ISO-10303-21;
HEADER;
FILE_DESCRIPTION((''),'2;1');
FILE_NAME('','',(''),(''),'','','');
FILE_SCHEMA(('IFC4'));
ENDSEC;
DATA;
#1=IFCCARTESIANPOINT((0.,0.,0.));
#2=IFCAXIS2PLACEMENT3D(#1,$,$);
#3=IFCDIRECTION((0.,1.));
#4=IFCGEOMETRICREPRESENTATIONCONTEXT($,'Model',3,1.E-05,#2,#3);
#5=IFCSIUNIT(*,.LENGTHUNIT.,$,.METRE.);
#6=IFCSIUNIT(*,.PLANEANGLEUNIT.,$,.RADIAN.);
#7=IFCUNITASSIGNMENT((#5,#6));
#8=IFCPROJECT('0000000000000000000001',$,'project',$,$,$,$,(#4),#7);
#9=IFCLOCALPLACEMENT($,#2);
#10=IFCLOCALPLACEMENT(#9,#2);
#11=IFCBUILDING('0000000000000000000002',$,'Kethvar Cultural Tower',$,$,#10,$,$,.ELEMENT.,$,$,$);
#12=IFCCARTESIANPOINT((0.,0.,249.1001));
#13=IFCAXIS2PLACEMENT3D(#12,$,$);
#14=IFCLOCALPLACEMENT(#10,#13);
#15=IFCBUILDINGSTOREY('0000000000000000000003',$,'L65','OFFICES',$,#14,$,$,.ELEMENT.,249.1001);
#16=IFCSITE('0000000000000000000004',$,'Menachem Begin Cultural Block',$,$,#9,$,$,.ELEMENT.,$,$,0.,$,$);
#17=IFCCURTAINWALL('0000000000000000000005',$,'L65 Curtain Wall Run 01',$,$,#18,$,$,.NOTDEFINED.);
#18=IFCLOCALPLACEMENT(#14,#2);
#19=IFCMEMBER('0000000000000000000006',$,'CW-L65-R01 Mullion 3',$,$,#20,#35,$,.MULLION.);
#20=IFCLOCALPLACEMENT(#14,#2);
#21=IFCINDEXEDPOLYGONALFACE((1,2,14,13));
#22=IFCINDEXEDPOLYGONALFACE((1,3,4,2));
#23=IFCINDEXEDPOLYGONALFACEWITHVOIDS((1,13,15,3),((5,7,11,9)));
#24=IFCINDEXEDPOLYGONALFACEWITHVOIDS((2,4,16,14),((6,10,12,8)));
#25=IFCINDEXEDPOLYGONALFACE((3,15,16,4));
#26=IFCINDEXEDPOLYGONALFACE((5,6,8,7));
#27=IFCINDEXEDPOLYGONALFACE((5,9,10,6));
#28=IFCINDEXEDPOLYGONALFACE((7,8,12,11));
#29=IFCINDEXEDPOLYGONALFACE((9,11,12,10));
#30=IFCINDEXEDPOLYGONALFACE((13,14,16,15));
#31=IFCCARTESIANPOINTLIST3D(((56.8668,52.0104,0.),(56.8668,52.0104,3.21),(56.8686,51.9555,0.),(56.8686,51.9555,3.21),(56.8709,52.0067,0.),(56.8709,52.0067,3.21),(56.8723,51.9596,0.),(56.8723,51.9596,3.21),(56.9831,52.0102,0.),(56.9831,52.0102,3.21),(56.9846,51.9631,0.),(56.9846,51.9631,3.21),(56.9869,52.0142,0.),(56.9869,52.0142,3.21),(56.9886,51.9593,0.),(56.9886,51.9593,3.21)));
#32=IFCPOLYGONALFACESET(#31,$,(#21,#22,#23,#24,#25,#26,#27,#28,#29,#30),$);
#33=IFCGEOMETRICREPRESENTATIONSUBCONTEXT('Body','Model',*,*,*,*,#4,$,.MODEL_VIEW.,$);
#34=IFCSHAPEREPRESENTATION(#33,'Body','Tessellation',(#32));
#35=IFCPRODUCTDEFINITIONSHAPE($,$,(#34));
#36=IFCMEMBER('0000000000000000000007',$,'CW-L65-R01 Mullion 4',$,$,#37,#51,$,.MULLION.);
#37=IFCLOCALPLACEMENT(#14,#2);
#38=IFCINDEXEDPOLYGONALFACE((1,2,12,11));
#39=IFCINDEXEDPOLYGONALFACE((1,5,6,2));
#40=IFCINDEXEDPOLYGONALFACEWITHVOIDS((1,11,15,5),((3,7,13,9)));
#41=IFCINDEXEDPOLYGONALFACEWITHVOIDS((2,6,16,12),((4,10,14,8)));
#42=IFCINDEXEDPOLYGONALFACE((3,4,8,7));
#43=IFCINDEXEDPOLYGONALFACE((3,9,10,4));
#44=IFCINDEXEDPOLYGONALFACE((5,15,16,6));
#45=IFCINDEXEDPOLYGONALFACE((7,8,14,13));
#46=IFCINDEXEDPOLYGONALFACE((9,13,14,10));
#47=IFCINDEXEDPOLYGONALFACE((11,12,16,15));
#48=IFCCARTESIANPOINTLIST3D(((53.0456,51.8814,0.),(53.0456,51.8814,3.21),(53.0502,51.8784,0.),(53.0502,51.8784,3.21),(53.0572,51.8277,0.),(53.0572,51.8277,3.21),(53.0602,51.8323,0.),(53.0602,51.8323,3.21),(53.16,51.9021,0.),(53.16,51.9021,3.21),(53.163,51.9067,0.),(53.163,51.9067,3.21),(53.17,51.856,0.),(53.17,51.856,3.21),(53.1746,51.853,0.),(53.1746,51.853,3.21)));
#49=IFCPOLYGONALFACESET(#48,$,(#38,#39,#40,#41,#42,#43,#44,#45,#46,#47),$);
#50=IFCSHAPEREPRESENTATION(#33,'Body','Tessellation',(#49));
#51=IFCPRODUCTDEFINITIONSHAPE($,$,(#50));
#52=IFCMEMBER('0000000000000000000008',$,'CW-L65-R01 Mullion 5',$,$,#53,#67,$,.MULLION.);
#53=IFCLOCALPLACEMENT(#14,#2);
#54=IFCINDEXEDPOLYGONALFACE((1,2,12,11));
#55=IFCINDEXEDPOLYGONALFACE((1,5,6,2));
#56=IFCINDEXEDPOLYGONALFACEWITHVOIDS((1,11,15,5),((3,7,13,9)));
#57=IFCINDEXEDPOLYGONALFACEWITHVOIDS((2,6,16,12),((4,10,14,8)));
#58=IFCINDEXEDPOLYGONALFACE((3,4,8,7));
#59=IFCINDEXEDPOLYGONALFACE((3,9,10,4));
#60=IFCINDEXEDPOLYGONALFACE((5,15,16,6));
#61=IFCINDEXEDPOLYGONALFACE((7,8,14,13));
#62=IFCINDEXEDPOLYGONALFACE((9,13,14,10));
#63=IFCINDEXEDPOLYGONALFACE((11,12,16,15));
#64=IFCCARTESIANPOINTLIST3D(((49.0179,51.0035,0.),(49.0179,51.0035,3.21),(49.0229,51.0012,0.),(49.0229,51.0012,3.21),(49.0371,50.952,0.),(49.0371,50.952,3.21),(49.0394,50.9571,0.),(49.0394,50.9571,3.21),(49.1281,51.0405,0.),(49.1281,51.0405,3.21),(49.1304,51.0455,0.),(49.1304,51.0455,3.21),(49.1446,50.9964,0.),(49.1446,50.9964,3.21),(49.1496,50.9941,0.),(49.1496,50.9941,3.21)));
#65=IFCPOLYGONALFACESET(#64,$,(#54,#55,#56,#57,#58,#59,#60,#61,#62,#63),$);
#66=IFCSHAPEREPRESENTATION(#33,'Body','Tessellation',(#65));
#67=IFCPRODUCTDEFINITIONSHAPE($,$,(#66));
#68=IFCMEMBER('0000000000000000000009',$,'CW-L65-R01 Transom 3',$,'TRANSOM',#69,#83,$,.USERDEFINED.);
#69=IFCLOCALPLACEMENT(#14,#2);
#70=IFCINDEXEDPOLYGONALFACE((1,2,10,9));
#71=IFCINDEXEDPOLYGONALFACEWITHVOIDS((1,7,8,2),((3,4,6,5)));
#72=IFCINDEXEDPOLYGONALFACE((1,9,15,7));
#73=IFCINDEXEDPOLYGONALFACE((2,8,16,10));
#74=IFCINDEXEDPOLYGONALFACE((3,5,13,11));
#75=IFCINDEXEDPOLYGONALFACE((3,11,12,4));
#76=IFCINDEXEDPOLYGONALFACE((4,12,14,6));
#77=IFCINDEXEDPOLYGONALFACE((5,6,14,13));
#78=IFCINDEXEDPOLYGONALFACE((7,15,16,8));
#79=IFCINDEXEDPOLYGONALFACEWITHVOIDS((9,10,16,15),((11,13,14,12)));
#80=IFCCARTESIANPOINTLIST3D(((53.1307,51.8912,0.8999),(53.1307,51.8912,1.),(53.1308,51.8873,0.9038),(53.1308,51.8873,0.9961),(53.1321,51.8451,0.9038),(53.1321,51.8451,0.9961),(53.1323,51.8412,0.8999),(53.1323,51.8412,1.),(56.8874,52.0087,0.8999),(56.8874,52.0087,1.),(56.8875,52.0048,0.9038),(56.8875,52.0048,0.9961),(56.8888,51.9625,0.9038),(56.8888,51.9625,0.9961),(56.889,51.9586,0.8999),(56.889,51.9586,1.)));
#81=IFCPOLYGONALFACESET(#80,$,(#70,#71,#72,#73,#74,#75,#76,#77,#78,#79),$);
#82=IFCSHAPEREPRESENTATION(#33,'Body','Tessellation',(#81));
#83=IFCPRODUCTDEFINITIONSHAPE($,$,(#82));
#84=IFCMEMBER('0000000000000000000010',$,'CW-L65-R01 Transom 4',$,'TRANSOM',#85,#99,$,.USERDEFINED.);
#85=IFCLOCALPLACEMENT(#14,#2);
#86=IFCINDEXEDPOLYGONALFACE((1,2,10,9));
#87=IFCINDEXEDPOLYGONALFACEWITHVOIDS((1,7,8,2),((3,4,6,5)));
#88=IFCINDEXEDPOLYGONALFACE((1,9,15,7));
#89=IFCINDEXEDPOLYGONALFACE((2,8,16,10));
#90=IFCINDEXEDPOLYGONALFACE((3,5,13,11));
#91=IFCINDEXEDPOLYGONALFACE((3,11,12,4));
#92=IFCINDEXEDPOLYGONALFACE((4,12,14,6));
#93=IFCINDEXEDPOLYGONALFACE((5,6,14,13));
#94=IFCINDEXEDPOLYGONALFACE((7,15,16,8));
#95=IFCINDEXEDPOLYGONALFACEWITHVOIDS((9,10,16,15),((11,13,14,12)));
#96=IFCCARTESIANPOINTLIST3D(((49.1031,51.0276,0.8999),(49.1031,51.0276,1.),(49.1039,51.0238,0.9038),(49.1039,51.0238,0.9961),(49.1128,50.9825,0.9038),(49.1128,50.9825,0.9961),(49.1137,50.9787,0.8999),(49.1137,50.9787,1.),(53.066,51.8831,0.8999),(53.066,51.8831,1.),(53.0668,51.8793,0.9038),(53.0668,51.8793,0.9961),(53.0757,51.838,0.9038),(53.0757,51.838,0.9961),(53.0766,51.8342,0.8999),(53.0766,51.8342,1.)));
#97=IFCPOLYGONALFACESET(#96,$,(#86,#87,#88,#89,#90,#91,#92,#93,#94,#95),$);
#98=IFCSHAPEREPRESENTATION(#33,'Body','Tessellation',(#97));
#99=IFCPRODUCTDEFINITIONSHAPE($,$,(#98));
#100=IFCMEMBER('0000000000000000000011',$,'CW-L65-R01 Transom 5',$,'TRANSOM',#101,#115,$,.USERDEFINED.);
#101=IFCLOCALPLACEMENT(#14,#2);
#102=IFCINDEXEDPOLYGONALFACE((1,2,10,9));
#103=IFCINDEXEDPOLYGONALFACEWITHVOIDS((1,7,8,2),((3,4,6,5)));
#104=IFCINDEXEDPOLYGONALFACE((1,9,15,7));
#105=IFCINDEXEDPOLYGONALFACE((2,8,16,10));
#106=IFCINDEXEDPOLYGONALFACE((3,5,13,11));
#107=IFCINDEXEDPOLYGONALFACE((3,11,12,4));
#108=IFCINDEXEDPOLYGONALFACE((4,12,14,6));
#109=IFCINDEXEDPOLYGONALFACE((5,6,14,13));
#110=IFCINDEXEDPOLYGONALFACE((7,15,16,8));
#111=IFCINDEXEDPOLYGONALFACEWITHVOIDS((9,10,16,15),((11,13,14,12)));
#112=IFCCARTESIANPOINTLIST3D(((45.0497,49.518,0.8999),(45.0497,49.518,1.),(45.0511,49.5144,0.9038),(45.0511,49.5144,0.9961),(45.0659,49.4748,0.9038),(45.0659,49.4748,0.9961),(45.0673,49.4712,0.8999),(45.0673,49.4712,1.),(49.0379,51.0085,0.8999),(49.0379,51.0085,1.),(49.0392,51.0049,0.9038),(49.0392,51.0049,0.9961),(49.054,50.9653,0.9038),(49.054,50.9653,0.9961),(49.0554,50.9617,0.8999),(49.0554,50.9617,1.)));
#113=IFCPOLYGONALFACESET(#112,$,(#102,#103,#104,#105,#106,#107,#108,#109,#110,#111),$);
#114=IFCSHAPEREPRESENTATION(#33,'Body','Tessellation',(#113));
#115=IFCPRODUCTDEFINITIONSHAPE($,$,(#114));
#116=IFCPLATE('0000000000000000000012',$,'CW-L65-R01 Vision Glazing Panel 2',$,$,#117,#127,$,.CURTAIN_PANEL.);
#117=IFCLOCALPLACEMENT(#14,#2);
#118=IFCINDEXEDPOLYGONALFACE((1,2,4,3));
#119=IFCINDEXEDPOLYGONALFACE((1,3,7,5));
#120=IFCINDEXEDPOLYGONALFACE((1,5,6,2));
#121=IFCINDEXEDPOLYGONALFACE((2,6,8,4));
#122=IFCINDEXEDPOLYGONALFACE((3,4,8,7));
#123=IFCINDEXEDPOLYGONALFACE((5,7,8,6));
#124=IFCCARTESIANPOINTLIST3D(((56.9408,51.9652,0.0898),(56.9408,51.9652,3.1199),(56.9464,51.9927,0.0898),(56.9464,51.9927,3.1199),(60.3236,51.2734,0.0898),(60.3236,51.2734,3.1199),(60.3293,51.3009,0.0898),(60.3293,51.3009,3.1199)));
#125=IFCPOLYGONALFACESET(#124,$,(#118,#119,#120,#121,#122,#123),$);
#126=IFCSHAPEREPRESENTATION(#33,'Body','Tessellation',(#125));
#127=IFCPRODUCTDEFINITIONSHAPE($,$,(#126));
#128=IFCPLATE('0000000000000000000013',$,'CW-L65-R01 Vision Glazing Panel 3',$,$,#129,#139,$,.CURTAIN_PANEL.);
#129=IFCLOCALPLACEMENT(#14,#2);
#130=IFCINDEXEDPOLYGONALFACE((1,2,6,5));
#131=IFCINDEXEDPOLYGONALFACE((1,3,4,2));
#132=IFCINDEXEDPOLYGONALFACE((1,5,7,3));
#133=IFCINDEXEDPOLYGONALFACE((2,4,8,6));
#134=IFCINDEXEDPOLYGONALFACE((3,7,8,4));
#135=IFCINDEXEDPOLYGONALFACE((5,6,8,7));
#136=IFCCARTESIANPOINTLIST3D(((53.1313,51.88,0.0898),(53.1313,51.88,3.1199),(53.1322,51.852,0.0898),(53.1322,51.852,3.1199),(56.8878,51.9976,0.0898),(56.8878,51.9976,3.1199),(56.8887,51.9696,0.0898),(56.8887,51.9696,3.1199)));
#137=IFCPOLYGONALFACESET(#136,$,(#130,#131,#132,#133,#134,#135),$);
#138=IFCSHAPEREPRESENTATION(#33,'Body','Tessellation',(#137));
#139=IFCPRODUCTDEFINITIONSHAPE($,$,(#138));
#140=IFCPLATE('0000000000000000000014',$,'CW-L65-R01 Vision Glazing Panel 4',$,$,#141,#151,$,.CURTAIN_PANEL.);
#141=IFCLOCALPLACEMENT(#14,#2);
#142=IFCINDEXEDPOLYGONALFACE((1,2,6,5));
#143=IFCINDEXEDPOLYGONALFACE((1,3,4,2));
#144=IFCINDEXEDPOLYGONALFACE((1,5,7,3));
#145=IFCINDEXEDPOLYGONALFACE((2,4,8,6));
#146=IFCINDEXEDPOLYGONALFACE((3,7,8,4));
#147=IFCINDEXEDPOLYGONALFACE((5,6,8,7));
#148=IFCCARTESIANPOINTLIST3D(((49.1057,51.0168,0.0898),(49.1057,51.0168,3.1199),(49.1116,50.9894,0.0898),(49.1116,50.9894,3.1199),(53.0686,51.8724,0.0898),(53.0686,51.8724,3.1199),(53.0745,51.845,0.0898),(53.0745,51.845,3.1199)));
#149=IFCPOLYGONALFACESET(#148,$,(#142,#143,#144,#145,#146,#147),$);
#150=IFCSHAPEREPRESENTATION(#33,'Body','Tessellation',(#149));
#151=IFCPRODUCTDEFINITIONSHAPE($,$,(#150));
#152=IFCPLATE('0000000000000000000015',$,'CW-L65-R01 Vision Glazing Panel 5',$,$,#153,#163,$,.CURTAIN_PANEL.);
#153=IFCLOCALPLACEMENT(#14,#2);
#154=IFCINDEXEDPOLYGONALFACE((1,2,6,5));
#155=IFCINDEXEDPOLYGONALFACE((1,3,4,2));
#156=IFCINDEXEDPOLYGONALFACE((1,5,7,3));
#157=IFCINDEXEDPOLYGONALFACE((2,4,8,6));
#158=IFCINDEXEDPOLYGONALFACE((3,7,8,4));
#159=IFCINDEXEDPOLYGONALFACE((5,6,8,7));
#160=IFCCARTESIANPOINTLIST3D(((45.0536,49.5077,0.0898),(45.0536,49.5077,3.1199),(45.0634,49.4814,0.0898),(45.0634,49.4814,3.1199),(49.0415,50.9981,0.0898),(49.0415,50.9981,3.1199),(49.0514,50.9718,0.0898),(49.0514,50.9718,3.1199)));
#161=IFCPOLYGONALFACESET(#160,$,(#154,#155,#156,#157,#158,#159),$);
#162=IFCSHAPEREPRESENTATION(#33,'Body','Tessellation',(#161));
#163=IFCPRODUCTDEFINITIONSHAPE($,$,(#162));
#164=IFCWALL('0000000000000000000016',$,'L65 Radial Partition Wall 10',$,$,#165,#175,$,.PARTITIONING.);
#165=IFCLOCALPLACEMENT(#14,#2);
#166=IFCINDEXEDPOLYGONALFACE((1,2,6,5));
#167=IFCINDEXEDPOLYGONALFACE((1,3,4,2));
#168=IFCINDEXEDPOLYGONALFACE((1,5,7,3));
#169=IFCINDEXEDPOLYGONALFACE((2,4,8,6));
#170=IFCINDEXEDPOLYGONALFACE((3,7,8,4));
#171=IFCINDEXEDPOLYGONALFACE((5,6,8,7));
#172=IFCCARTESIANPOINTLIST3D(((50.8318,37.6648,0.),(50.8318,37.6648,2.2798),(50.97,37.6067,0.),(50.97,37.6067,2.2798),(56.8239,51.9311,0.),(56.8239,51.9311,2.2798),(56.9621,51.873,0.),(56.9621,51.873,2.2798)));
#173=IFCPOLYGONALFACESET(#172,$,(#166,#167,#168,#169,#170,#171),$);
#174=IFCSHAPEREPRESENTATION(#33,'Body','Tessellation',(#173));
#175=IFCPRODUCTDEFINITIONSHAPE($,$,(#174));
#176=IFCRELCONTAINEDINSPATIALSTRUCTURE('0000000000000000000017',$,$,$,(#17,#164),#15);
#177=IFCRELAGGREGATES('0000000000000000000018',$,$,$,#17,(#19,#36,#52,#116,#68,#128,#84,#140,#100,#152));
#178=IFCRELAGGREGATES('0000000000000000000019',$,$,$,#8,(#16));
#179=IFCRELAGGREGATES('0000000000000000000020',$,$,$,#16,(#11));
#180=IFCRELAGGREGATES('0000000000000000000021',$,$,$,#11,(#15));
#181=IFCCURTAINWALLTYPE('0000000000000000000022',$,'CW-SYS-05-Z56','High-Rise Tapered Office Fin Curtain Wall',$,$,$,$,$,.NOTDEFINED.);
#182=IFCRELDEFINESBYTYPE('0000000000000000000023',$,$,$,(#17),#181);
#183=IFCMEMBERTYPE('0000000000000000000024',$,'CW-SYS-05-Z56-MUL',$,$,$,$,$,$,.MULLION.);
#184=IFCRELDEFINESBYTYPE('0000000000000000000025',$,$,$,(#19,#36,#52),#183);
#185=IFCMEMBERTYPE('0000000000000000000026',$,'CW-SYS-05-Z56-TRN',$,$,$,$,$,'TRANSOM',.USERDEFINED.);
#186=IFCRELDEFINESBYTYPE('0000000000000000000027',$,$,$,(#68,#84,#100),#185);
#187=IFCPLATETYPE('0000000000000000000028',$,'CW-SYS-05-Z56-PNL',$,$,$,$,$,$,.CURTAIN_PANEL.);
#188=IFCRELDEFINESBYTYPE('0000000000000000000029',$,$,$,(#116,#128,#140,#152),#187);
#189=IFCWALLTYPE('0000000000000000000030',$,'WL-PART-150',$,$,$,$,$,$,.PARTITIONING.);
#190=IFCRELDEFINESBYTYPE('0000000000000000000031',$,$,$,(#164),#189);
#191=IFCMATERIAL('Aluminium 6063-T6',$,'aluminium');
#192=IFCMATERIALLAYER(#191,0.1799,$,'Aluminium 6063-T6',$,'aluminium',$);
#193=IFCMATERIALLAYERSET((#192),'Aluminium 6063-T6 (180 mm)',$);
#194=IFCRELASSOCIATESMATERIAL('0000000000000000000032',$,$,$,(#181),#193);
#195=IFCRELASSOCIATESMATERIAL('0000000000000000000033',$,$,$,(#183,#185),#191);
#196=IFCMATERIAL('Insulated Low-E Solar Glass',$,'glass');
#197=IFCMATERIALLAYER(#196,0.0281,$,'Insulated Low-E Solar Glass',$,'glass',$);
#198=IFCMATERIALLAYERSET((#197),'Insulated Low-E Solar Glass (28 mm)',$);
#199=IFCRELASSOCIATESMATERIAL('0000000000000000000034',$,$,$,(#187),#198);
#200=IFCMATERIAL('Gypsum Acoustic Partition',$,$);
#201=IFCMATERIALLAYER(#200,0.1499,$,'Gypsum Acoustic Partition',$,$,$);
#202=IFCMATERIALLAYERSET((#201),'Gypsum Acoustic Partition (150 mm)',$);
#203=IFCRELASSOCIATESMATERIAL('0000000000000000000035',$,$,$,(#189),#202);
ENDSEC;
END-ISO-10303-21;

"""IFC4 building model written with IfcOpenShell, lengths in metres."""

from ifc_helpers import new_model, si_unit, direction, frame, frame_2d, origin, origin_2d, place, context, subcontext, project, spatial, rectangle, hollow_rectangle, extrude, source, transform, mapped, material, layer, layer_set, material_profile, profile_set, type_object, element, aggregate, save


model = new_model("IFC4")

# Units and contexts
model_context = context("Model", 3, precision=1e-05, world=origin(), true_north=direction((0.0, 1.0)))
body_context = subcontext(model_context, "Body", "Model", "MODEL_VIEW")
ifc_project = project(units=[si_unit("LENGTHUNIT", "METRE"), si_unit("PLANEANGLEUNIT", "RADIAN")], contexts=[model_context])

# Site, building, storey
site_placement = place(None, origin())
site = spatial("IfcSite", under=ifc_project, at=site_placement, Name="Menachem Begin Cultural Block", CompositionType="ELEMENT", RefElevation=0.0)
building_placement = place(site_placement, origin())
building = spatial("IfcBuilding", under=site, at=building_placement, Name="Kethvar Cultural Tower", CompositionType="ELEMENT")
storey_placement = place(building_placement, frame((0.0, 0.0, 249.1001)))
storey = spatial("IfcBuildingStorey", under=building, at=storey_placement, Name="L65", Description="OFFICES", CompositionType="ELEMENT", Elevation=249.1001)

# Curtain wall, members, plates
ifc_material_1 = material(Name="Aluminium 6063-T6", Category="aluminium")
ifc_layer_1 = layer(ifc_material_1, 0.1799, Name="Aluminium 6063-T6", Category="aluminium")
ifc_layer_set_1 = layer_set([ifc_layer_1], Name="Aluminium 6063-T6 (180 mm)")
curtain_wall_type = type_object("IfcCurtainWallType", Name="CW-SYS-05-Z56", Description="High-Rise Tapered Office Fin Curtain Wall", PredefinedType="NOTDEFINED", material=ifc_layer_set_1)
curtain_wall_placement = place(storey_placement, origin())
curtain_wall = element("IfcCurtainWall", 1, at=curtain_wall_placement, inside=storey, type_object=curtain_wall_type, Name="L65 Curtain Wall Run 01", PredefinedType="NOTDEFINED")
ifc_material_profile_1 = material_profile(ifc_material_1, hollow_rectangle(XDim=0.0549, YDim=0.1201, WallThickness=0.0039, at=origin_2d()), Name="Aluminium 6063-T6 — RHS120x55x4")
ifc_profile_set_1 = profile_set([ifc_material_profile_1], Name="Aluminium 6063-T6 — RHS120x55x4")
member_type_1 = type_object("IfcMemberType", Name="CW-SYS-05-Z56-MUL", PredefinedType="MULLION", material=ifc_profile_set_1)
shared_shape_1 = source(origin(), body_context, "Body", "SweptSolid", [
    extrude(hollow_rectangle(XDim=0.0549, YDim=0.1201, WallThickness=0.0039, at=origin_2d()), origin(), (0.0, 0.0, 1.0), 3.21),
])
member_1_placement = place(storey_placement, frame((56.9277, 51.9849, 0.0), z_axis=(0.0, 0.0, 1.0), x_axis=(0.031289, -0.99951, 0.0)))
member_1 = element("IfcMember", 2, at=member_1_placement, type_object=member_type_1, Name="CW-L65-R01 Mullion 3", PredefinedType="MULLION", context=body_context, shape_type="MappedRepresentation", body=[
    mapped(shared_shape_1, transform((0.0, 0.0, 0.0), scale=1.0)),
])
member_2_placement = place(storey_placement, frame((53.1101, 51.8672, 0.0), z_axis=(0.0, 0.0, 1.0), x_axis=(0.211035, -0.977479, 0.0)))
member_2 = element("IfcMember", 3, at=member_2_placement, type_object=member_type_1, Name="CW-L65-R01 Mullion 4", PredefinedType="MULLION", context=body_context, shape_type="MappedRepresentation", body=[
    mapped(shared_shape_1, transform((0.0, 0.0, 0.0), scale=1.0)),
])
member_3_placement = place(storey_placement, frame((49.0837, 50.9988, 0.0), z_axis=(0.0, 0.0, 1.0), x_axis=(0.350077, -0.936721, 0.0)))
member_3 = element("IfcMember", 4, at=member_3_placement, type_object=member_type_1, Name="CW-L65-R01 Mullion 5", PredefinedType="MULLION", context=body_context, shape_type="MappedRepresentation", body=[
    mapped(shared_shape_1, transform((0.0, 0.0, 0.0), scale=1.0)),
])
ifc_material_profile_2 = material_profile(ifc_material_1, hollow_rectangle(XDim=0.05, YDim=0.1001, WallThickness=0.0039, at=origin_2d()), Name="Aluminium 6063-T6 — RHS100x50x4")
ifc_profile_set_2 = profile_set([ifc_material_profile_2], Name="Aluminium 6063-T6 — RHS100x50x4")
member_type_2 = type_object("IfcMemberType", Name="CW-SYS-05-Z56-TRN", ElementType="TRANSOM", PredefinedType="USERDEFINED", material=ifc_profile_set_2)
shared_shape_2 = source(origin(), body_context, "Body", "SweptSolid", [
    extrude(hollow_rectangle(XDim=0.05, YDim=0.1001, WallThickness=0.0039, at=origin_2d()), origin(), (0.0, 0.0, 1.0), 3.7585),
])
member_4_placement = place(storey_placement, frame((56.8882, 51.9836, 0.95), z_axis=(-0.999512, -0.031245, 0.0), x_axis=(0.031245, -0.999512, 0.0)))
member_4 = element("IfcMember", 5, at=member_4_placement, type_object=member_type_2, Name="CW-L65-R01 Transom 3", ObjectType="TRANSOM", PredefinedType="USERDEFINED", context=body_context, shape_type="MappedRepresentation", body=[
    mapped(shared_shape_2, transform((0.0, 0.0, 0.0), scale=1.0)),
])
shared_shape_3 = source(origin(), body_context, "Body", "SweptSolid", [
    extrude(hollow_rectangle(XDim=0.05, YDim=0.1001, WallThickness=0.0039, at=origin_2d()), origin(), (0.0, 0.0, 1.0), 4.0542),
])
member_5_placement = place(storey_placement, frame((53.0713, 51.8586, 0.95), z_axis=(-0.977484, -0.211009, 0.0), x_axis=(0.211009, -0.977484, 0.0)))
member_5 = element("IfcMember", 6, at=member_5_placement, type_object=member_type_2, Name="CW-L65-R01 Transom 4", ObjectType="TRANSOM", PredefinedType="USERDEFINED", context=body_context, shape_type="MappedRepresentation", body=[
    mapped(shared_shape_3, transform((0.0, 0.0, 0.0), scale=1.0)),
])
shared_shape_4 = source(origin(), body_context, "Body", "SweptSolid", [
    extrude(hollow_rectangle(XDim=0.05, YDim=0.1001, WallThickness=0.0039, at=origin_2d()), origin(), (0.0, 0.0, 1.0), 4.2576),
])
member_6_placement = place(storey_placement, frame((49.0466, 50.9851, 0.95), z_axis=(-0.936717, -0.350086, 0.0), x_axis=(0.350086, -0.936717, 0.0)))
member_6 = element("IfcMember", 7, at=member_6_placement, type_object=member_type_2, Name="CW-L65-R01 Transom 5", ObjectType="TRANSOM", PredefinedType="USERDEFINED", context=body_context, shape_type="MappedRepresentation", body=[
    mapped(shared_shape_4, transform((0.0, 0.0, 0.0), scale=1.0)),
])
ifc_material_2 = material(Name="Insulated Low-E Solar Glass", Category="glass")
ifc_layer_2 = layer(ifc_material_2, 0.0281, Name="Insulated Low-E Solar Glass", Category="glass")
ifc_layer_set_2 = layer_set([ifc_layer_2], Name="Insulated Low-E Solar Glass (28 mm)")
plate_type = type_object("IfcPlateType", Name="CW-SYS-05-Z56-PNL", PredefinedType="CURTAIN_PANEL", material=ifc_layer_set_2)
shared_shape_5 = source(origin(), body_context, "Body", "SweptSolid", [
    extrude(rectangle(XDim=3.4529, YDim=0.0281, at=origin_2d()), origin(), (0.0, 0.0, 1.0), 3.03),
])
plate_1_placement = place(storey_placement, frame((58.635, 51.6331, 0.0898), z_axis=(0.0, 0.0, 1.0), x_axis=(-0.979722, 0.20036, 0.0)))
plate_1 = element("IfcPlate", 8, at=plate_1_placement, type_object=plate_type, Name="CW-L65-R01 Vision Glazing Panel 2", PredefinedType="CURTAIN_PANEL", context=body_context, shape_type="MappedRepresentation", body=[
    mapped(shared_shape_5, transform((0.0, 0.0, 0.0), scale=1.0)),
])
shared_shape_6 = source(origin(), body_context, "Body", "SweptSolid", [
    extrude(rectangle(XDim=3.7583, YDim=0.0281, at=origin_2d()), origin(), (0.0, 0.0, 1.0), 3.03),
])
plate_2_placement = place(storey_placement, frame((55.01, 51.9248, 0.0898), z_axis=(0.0, 0.0, 1.0), x_axis=(-0.99951, -0.031289, 0.0)))
plate_2 = element("IfcPlate", 9, at=plate_2_placement, type_object=plate_type, Name="CW-L65-R01 Vision Glazing Panel 3", PredefinedType="CURTAIN_PANEL", context=body_context, shape_type="MappedRepresentation", body=[
    mapped(shared_shape_6, transform((0.0, 0.0, 0.0), scale=1.0)),
])
shared_shape_7 = source(origin(), body_context, "Body", "SweptSolid", [
    extrude(rectangle(XDim=4.0542, YDim=0.0281, at=origin_2d()), origin(), (0.0, 0.0, 1.0), 3.03),
])
plate_3_placement = place(storey_placement, frame((51.0901, 51.4309, 0.0898), z_axis=(0.0, 0.0, 1.0), x_axis=(-0.977479, -0.211035, 0.0)))
plate_3 = element("IfcPlate", 10, at=plate_3_placement, type_object=plate_type, Name="CW-L65-R01 Vision Glazing Panel 4", PredefinedType="CURTAIN_PANEL", context=body_context, shape_type="MappedRepresentation", body=[
    mapped(shared_shape_7, transform((0.0, 0.0, 0.0), scale=1.0)),
])
shared_shape_8 = source(origin(), body_context, "Body", "SweptSolid", [
    extrude(rectangle(XDim=4.2573, YDim=0.0281, at=origin_2d()), origin(), (0.0, 0.0, 1.0), 3.03),
])
plate_4_placement = place(storey_placement, frame((47.0525, 50.2397, 0.0898), z_axis=(0.0, 0.0, 1.0), x_axis=(-0.936721, -0.350077, 0.0)))
plate_4 = element("IfcPlate", 11, at=plate_4_placement, type_object=plate_type, Name="CW-L65-R01 Vision Glazing Panel 5", PredefinedType="CURTAIN_PANEL", context=body_context, shape_type="MappedRepresentation", body=[
    mapped(shared_shape_8, transform((0.0, 0.0, 0.0), scale=1.0)),
])
aggregate(curtain_wall, [member_1, member_2, member_3, plate_1, member_4, plate_2, member_5, plate_3, member_6, plate_4])

# Wall
ifc_material_3 = material(Name="Gypsum Acoustic Partition")
ifc_layer_3 = layer(ifc_material_3, 0.1499, Name="Gypsum Acoustic Partition")
ifc_layer_set_3 = layer_set([ifc_layer_3], Name="Gypsum Acoustic Partition (150 mm)")
wall_type = type_object("IfcWallType", Name="WL-PART-150", PredefinedType="PARTITIONING", material=ifc_layer_set_3)
wall_1_placement = place(storey_placement, frame((50.9009, 37.6357, 0.0), z_axis=(0.0, 0.0, 1.0), x_axis=(0.38725, 0.921975, 0.0)))
element("IfcWall", 12, at=wall_1_placement, inside=storey, type_object=wall_type, Name="L65 Radial Partition Wall 10", PredefinedType="PARTITIONING", context=body_context, shape_type="SweptSolid", body=[
    extrude(rectangle(XDim=15.4736, YDim=0.1499, at=frame_2d((7.7368, 0.0))), origin(), (0.0, 0.0, 1.0), 2.2798),
])

save(model, "model.ifc")
